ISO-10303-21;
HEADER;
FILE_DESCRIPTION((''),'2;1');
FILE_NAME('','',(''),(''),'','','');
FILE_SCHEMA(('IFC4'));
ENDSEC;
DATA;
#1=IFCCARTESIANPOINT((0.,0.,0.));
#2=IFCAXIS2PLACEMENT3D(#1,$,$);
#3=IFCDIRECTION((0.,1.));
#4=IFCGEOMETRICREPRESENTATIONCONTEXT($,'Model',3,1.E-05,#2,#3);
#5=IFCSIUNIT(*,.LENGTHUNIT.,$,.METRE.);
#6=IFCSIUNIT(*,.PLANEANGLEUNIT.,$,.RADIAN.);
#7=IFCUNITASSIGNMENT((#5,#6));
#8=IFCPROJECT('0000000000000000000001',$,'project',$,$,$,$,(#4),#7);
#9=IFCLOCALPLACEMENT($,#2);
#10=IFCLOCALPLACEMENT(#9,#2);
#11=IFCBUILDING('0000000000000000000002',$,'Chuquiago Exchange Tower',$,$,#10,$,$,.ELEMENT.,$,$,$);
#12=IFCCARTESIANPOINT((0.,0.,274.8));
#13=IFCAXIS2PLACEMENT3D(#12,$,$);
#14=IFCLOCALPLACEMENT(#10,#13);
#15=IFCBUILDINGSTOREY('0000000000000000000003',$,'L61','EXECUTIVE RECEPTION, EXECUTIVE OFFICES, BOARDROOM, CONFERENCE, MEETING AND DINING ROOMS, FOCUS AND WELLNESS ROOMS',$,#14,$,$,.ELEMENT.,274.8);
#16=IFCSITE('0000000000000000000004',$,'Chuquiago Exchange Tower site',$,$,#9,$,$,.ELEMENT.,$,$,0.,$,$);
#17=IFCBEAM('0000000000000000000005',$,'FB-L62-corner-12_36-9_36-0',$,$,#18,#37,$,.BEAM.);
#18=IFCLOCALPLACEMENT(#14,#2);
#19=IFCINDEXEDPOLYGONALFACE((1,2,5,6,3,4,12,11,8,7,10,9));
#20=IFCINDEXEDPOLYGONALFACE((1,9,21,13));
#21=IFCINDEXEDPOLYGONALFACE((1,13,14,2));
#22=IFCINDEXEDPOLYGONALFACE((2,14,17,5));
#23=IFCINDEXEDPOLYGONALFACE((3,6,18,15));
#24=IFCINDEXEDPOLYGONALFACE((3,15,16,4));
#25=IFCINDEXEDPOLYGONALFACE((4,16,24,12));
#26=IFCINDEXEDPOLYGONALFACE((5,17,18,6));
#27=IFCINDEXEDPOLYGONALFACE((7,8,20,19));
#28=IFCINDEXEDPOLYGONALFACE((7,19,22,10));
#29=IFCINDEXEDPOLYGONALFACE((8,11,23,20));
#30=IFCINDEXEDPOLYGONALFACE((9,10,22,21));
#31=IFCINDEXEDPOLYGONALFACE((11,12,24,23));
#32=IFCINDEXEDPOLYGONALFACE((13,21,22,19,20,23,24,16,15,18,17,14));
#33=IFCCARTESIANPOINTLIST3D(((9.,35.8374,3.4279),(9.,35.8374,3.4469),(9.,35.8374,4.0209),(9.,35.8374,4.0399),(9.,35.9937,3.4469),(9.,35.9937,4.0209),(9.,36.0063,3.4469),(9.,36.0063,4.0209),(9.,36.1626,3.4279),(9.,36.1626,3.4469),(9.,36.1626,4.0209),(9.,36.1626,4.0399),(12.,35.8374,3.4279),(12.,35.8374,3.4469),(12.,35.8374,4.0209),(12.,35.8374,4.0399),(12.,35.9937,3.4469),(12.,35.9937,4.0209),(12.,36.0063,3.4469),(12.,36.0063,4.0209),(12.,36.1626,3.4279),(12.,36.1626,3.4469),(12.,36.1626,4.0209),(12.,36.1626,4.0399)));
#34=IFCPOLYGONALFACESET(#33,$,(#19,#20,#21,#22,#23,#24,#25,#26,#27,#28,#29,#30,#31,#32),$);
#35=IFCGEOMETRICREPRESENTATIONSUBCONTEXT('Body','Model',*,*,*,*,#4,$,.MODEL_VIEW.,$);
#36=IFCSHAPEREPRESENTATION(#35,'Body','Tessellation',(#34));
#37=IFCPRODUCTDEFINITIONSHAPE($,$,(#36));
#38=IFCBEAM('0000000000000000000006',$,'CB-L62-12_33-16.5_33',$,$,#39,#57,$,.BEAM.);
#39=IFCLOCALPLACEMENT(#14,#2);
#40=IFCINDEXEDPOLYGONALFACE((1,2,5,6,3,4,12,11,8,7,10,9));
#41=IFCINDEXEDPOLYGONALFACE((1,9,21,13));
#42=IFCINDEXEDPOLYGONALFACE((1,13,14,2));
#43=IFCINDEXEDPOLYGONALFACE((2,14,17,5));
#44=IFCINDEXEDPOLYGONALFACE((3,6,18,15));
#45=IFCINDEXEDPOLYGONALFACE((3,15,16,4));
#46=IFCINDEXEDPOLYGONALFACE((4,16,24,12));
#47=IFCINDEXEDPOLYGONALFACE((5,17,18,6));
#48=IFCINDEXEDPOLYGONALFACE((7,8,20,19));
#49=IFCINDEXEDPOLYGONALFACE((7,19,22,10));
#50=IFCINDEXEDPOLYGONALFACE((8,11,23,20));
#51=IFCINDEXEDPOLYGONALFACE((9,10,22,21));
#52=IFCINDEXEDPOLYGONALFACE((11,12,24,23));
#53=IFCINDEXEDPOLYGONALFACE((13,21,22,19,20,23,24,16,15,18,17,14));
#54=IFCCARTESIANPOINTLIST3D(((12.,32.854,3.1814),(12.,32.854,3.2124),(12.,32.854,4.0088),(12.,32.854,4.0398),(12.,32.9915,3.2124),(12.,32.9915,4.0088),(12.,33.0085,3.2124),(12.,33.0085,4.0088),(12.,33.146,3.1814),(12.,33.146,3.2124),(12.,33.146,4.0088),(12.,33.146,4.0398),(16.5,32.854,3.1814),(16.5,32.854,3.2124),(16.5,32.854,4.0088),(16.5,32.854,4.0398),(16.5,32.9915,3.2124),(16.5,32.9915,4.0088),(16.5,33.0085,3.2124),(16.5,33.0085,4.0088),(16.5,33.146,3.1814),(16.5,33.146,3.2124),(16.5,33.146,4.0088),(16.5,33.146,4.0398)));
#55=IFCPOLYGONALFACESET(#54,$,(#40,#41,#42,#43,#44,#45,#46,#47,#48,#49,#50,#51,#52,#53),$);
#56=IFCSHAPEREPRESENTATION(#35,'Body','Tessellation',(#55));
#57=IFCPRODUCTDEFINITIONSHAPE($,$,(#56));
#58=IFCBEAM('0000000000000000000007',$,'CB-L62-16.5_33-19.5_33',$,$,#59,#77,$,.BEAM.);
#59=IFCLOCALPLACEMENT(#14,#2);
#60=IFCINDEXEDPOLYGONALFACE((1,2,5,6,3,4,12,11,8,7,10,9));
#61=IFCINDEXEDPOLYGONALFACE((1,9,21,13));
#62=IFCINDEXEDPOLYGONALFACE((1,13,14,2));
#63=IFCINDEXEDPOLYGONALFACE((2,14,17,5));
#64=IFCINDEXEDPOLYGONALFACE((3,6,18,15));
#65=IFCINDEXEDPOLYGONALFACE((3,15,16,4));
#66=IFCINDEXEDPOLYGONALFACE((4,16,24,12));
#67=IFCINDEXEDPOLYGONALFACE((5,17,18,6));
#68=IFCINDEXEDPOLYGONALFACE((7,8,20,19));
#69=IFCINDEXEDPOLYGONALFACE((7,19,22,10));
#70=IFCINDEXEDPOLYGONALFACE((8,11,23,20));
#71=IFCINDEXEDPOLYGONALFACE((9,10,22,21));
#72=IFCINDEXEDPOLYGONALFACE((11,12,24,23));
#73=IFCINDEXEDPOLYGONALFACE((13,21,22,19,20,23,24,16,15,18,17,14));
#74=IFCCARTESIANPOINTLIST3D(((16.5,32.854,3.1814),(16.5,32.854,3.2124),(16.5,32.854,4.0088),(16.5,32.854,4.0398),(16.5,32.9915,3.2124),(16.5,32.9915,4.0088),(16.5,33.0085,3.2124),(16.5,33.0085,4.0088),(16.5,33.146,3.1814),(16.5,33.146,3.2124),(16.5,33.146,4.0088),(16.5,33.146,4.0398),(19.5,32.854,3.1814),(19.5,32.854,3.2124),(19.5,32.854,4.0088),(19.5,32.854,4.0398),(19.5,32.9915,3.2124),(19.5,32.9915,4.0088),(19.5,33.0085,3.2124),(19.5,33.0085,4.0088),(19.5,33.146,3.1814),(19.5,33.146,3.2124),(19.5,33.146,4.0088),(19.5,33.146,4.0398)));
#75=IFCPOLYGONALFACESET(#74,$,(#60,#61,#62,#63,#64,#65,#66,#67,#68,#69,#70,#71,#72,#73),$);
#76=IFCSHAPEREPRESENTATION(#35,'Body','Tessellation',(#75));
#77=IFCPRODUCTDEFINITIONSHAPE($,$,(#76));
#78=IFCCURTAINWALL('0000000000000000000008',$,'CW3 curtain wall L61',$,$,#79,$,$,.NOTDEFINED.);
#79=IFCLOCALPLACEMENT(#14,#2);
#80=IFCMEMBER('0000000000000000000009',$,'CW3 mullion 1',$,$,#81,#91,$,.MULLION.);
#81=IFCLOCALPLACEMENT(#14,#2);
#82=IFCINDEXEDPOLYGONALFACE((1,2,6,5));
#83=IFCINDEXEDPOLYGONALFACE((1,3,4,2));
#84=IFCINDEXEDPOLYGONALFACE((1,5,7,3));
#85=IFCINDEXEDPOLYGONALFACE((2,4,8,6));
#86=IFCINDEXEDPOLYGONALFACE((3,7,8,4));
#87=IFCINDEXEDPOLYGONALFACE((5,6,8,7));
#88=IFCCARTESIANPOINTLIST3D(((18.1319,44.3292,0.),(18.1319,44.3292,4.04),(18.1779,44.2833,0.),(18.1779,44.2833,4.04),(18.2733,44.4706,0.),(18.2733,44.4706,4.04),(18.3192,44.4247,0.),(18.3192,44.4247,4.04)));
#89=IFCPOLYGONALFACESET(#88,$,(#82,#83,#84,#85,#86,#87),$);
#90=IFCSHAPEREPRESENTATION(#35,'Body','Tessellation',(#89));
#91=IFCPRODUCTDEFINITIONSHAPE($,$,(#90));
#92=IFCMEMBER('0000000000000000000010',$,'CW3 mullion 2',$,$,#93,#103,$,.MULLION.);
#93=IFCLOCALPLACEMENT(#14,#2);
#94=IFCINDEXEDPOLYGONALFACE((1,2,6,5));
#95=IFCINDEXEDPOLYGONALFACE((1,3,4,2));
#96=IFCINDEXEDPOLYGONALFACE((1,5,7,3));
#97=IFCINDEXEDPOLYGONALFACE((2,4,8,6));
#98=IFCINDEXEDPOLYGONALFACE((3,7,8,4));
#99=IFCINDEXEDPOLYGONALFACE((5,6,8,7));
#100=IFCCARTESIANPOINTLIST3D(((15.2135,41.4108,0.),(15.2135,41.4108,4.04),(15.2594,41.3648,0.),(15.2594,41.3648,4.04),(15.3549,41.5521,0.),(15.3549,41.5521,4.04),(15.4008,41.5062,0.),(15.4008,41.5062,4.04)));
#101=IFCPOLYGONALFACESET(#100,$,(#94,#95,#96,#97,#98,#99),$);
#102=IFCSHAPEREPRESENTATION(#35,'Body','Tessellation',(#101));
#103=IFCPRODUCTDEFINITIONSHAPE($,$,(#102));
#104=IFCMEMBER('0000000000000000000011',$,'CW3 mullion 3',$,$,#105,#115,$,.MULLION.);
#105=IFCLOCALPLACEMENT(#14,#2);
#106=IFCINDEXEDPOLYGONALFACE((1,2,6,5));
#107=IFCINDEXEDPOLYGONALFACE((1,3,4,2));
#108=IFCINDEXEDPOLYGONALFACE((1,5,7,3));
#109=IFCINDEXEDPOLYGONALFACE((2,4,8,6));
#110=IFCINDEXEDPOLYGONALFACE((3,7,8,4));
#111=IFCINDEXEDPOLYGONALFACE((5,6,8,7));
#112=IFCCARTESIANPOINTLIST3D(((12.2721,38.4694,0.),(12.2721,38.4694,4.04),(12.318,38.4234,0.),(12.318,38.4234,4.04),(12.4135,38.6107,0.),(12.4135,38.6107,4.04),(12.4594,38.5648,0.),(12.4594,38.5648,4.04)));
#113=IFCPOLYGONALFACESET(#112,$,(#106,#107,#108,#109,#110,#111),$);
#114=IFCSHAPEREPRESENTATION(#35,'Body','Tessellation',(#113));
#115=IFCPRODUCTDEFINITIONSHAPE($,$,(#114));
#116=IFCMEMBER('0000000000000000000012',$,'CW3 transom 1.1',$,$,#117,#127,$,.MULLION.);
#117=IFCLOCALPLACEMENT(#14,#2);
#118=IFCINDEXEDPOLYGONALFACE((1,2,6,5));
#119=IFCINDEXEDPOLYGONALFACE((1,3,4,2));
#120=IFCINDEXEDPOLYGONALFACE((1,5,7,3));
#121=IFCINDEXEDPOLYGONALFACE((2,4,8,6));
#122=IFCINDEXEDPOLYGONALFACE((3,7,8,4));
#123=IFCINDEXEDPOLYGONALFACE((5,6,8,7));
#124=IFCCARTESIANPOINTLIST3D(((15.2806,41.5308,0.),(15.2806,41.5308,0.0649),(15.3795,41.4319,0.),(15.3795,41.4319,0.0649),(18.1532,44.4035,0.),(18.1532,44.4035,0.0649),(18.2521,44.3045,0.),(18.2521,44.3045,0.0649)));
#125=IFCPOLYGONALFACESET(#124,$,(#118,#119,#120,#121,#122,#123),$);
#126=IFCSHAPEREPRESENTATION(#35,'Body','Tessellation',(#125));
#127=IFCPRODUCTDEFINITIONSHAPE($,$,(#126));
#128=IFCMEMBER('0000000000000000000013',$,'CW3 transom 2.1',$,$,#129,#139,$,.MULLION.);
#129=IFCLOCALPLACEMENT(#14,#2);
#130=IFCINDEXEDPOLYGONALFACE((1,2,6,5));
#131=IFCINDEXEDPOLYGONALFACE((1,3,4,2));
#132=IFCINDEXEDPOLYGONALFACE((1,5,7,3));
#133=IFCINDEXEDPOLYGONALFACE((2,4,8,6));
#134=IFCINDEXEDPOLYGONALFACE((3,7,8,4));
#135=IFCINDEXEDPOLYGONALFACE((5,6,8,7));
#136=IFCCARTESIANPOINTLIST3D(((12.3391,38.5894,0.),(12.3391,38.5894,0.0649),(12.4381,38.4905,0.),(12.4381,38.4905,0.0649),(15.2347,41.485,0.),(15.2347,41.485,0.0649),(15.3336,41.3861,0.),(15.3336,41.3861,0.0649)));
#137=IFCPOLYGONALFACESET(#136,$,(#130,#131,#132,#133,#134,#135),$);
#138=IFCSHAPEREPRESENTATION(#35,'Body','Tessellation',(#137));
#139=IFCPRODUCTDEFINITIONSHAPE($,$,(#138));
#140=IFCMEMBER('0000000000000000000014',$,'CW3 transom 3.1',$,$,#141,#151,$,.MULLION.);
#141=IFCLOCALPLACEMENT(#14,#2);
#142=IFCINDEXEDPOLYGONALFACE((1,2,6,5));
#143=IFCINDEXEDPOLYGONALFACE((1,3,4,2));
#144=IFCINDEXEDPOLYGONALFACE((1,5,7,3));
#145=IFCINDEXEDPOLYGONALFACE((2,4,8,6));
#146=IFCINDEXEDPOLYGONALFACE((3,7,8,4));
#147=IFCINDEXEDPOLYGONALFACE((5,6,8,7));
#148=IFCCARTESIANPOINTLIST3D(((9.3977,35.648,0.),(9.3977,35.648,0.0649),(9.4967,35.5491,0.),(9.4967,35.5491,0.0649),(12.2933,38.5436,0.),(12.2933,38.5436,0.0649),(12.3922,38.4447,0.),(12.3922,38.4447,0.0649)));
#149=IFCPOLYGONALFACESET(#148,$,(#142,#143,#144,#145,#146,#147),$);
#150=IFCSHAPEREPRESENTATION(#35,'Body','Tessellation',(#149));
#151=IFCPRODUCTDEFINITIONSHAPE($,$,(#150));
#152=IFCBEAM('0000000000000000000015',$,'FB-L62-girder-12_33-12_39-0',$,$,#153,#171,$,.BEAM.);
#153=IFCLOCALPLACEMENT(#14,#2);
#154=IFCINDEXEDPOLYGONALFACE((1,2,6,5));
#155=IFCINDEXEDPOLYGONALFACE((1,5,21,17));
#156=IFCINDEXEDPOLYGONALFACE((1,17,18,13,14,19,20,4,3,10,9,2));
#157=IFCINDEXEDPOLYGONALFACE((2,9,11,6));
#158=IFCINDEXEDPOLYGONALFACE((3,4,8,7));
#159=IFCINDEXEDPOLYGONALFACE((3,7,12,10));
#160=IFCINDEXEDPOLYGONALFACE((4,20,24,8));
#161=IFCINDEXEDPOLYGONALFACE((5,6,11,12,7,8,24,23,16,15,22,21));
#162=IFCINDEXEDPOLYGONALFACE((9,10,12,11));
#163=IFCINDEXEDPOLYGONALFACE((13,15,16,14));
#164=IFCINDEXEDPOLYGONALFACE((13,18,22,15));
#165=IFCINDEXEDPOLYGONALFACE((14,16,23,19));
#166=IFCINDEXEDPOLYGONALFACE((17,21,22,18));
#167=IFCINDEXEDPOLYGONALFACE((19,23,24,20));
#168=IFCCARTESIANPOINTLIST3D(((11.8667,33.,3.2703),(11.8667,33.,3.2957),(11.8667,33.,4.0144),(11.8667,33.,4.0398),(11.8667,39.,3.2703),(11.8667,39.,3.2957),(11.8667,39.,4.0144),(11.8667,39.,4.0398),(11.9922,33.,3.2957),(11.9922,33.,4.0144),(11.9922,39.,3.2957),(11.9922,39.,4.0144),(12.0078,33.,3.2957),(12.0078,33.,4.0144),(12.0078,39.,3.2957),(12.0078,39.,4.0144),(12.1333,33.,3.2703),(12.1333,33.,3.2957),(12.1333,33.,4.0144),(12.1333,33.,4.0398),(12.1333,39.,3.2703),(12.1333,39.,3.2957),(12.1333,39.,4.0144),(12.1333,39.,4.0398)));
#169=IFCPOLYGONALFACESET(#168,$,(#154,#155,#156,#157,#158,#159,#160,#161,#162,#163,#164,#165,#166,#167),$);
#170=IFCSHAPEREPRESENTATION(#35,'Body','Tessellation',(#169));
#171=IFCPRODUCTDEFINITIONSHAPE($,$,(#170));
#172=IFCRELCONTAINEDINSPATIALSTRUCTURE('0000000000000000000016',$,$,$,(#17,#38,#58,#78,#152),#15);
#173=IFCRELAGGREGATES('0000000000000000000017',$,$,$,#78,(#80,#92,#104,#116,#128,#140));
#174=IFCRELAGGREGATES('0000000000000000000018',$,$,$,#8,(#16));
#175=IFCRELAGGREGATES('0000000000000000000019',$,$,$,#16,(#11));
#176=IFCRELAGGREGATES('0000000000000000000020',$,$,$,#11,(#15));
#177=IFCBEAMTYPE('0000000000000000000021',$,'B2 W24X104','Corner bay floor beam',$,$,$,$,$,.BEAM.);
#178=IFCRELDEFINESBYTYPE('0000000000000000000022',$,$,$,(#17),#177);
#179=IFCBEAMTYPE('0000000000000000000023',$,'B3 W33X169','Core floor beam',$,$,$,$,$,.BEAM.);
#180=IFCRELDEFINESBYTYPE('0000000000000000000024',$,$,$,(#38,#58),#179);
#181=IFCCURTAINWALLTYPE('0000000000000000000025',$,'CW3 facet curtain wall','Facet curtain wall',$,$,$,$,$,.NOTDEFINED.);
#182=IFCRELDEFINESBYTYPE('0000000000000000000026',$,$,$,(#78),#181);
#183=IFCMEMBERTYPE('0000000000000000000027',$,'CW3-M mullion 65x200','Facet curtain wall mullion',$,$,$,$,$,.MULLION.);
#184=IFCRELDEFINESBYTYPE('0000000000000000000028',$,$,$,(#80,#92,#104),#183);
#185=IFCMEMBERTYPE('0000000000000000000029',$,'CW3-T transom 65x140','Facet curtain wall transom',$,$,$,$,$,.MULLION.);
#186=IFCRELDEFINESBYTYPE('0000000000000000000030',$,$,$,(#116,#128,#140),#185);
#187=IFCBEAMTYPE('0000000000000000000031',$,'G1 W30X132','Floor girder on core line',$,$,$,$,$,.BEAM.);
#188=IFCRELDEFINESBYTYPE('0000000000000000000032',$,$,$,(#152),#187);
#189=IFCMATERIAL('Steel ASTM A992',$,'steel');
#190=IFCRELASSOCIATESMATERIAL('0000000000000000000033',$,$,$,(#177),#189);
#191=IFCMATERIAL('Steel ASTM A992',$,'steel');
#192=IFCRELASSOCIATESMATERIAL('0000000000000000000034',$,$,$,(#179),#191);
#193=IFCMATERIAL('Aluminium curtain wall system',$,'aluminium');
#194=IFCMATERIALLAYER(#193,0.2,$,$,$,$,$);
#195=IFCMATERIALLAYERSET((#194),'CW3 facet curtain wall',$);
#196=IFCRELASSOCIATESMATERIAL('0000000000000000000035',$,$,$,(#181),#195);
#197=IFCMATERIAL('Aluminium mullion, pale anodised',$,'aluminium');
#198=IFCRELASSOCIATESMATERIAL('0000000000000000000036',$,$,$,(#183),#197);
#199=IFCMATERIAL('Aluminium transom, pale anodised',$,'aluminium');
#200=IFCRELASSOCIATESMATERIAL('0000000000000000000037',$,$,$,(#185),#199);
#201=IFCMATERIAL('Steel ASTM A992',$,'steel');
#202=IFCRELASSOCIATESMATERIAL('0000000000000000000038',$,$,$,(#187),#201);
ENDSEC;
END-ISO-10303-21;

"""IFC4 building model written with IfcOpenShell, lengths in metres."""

from ifc_helpers import new_model, si_unit, direction, frame, origin, origin_2d, place, context, subcontext, project, spatial, rectangle, i_section, extrude, material, layer, layer_set, material_profile, profile_set, type_object, element, aggregate, save


model = new_model("IFC4")

# Units and contexts
model_context = context("Model", 3, precision=1e-05, world=origin(), true_north=direction((0.0, 1.0)))
body_context = subcontext(model_context, "Body", "Model", "MODEL_VIEW")
ifc_project = project(units=[si_unit("LENGTHUNIT", "METRE"), si_unit("PLANEANGLEUNIT", "RADIAN")], contexts=[model_context])

# Site, building, storey
site_placement = place(None, origin())
site = spatial("IfcSite", under=ifc_project, at=site_placement, Name="Chuquiago Exchange Tower site", CompositionType="ELEMENT", RefElevation=0.0)
building_placement = place(site_placement, origin())
building = spatial("IfcBuilding", under=site, at=building_placement, Name="Chuquiago Exchange Tower", CompositionType="ELEMENT")
storey_placement = place(building_placement, frame((0.0, 0.0, 274.8)))
storey = spatial("IfcBuildingStorey", under=building, at=storey_placement, Name="L61", Description="EXECUTIVE RECEPTION, EXECUTIVE OFFICES, BOARDROOM, CONFERENCE, MEETING AND DINING ROOMS, FOCUS AND WELLNESS ROOMS", CompositionType="ELEMENT", Elevation=274.8)

# Beams
ifc_material_1 = material(Name="Steel ASTM A992", Category="steel")
ifc_material_profile_1 = material_profile(ifc_material_1, i_section(OverallWidth=0.3252, OverallDepth=0.6121, WebThickness=0.0127, FlangeThickness=0.019, at=origin_2d()), Name="W24X104")
ifc_profile_set_1 = profile_set([ifc_material_profile_1], Name="Steel ASTM A992")
beam_type_1 = type_object("IfcBeamType", Name="B2 W24X104", Description="Corner bay floor beam", PredefinedType="BEAM", material=ifc_profile_set_1)
beam_1_placement = place(storey_placement, frame((12.0, 36.0, 3.7339), z_axis=(-1.0, 0.0, 0.0), x_axis=(0.0, -1.0, 0.0)))
element("IfcBeam", 1, at=beam_1_placement, inside=storey, type_object=beam_type_1, Name="FB-L62-corner-12_36-9_36-0", PredefinedType="BEAM", context=body_context, shape_type="SweptSolid", body=[
    extrude(i_section(OverallWidth=0.3252, OverallDepth=0.6121, WebThickness=0.0127, FlangeThickness=0.019, at=origin_2d()), origin(), (0.0, 0.0, 1.0), 3.0),
])
ifc_material_2 = material(Name="Steel ASTM A992", Category="steel")
ifc_material_profile_2 = material_profile(ifc_material_2, i_section(OverallWidth=0.292, OverallDepth=0.8584, WebThickness=0.0171, FlangeThickness=0.031, at=origin_2d()), Name="W33X169")
ifc_profile_set_2 = profile_set([ifc_material_profile_2], Name="Steel ASTM A992")
beam_type_2 = type_object("IfcBeamType", Name="B3 W33X169", Description="Core floor beam", PredefinedType="BEAM", material=ifc_profile_set_2)
beam_2_placement = place(storey_placement, frame((12.0, 33.0, 3.6106), z_axis=(1.0, 0.0, 0.0), x_axis=(0.0, 1.0, 0.0)))
element("IfcBeam", 2, at=beam_2_placement, inside=storey, type_object=beam_type_2, Name="CB-L62-12_33-16.5_33", PredefinedType="BEAM", context=body_context, shape_type="SweptSolid", body=[
    extrude(i_section(OverallWidth=0.292, OverallDepth=0.8584, WebThickness=0.0171, FlangeThickness=0.031, at=origin_2d()), origin(), (0.0, 0.0, 1.0), 4.5),
])
beam_3_placement = place(storey_placement, frame((16.5, 33.0, 3.6106), z_axis=(1.0, 0.0, 0.0), x_axis=(0.0, 1.0, 0.0)))
element("IfcBeam", 3, at=beam_3_placement, inside=storey, type_object=beam_type_2, Name="CB-L62-16.5_33-19.5_33", PredefinedType="BEAM", context=body_context, shape_type="SweptSolid", body=[
    extrude(i_section(OverallWidth=0.292, OverallDepth=0.8584, WebThickness=0.0171, FlangeThickness=0.031, at=origin_2d()), origin(), (0.0, 0.0, 1.0), 3.0),
])

# Curtain wall, members
ifc_material_3 = material(Name="Aluminium curtain wall system", Category="aluminium")
ifc_layer_1 = layer(ifc_material_3, 0.2)
ifc_layer_set_1 = layer_set([ifc_layer_1], Name="CW3 facet curtain wall")
curtain_wall_type = type_object("IfcCurtainWallType", Name="CW3 facet curtain wall", Description="Facet curtain wall", PredefinedType="NOTDEFINED", material=ifc_layer_set_1)
curtain_wall_placement = place(storey_placement, origin())
curtain_wall = element("IfcCurtainWall", 4, at=curtain_wall_placement, inside=storey, type_object=curtain_wall_type, Name="CW3 curtain wall L61", PredefinedType="NOTDEFINED")
ifc_material_4 = material(Name="Aluminium mullion, pale anodised", Category="aluminium")
ifc_material_profile_3 = material_profile(ifc_material_4, rectangle(XDim=0.0649, YDim=0.2, at=origin_2d()), Name="AL 65x200")
ifc_profile_set_3 = profile_set([ifc_material_profile_3], Name="Aluminium mullion, pale anodised")
member_type_1 = type_object("IfcMemberType", Name="CW3-M mullion 65x200", Description="Facet curtain wall mullion", PredefinedType="MULLION", material=ifc_profile_set_3)
member_1_placement = place(storey_placement, frame((18.2256, 44.377, 0.0), z_axis=(0.0, 0.0, 1.0), x_axis=(0.707107, -0.707107, 0.0)))
member_1 = element("IfcMember", 5, at=member_1_placement, type_object=member_type_1, Name="CW3 mullion 1", PredefinedType="MULLION", context=body_context, shape_type="SweptSolid", body=[
    extrude(rectangle(XDim=0.0649, YDim=0.2, at=origin_2d()), origin(), (0.0, 0.0, 1.0), 4.04),
])
member_2_placement = place(storey_placement, frame((15.3071, 41.4585, 0.0), z_axis=(0.0, 0.0, 1.0), x_axis=(0.707107, -0.707107, 0.0)))
member_2 = element("IfcMember", 6, at=member_2_placement, type_object=member_type_1, Name="CW3 mullion 2", PredefinedType="MULLION", context=body_context, shape_type="SweptSolid", body=[
    extrude(rectangle(XDim=0.0649, YDim=0.2, at=origin_2d()), origin(), (0.0, 0.0, 1.0), 4.04),
])
member_3_placement = place(storey_placement, frame((12.3657, 38.5171, 0.0), z_axis=(0.0, 0.0, 1.0), x_axis=(0.707107, -0.707107, 0.0)))
member_3 = element("IfcMember", 7, at=member_3_placement, type_object=member_type_1, Name="CW3 mullion 3", PredefinedType="MULLION", context=body_context, shape_type="SweptSolid", body=[
    extrude(rectangle(XDim=0.0649, YDim=0.2, at=origin_2d()), origin(), (0.0, 0.0, 1.0), 4.04),
])
ifc_material_5 = material(Name="Aluminium transom, pale anodised", Category="aluminium")
ifc_material_profile_4 = material_profile(ifc_material_5, rectangle(XDim=0.1399, YDim=0.0649, at=origin_2d()), Name="AL 140x65")
ifc_profile_set_4 = profile_set([ifc_material_profile_4], Name="Aluminium transom, pale anodised")
member_type_2 = type_object("IfcMemberType", Name="CW3-T transom 65x140", Description="Facet curtain wall transom", PredefinedType="MULLION", material=ifc_profile_set_4)
member_4_placement = place(storey_placement, frame((18.2026, 44.354, 0.0325), z_axis=(-0.707107, -0.707107, 0.0), x_axis=(0.707107, -0.707107, 0.0)))
member_4 = element("IfcMember", 8, at=member_4_placement, type_object=member_type_2, Name="CW3 transom 1.1", PredefinedType="MULLION", context=body_context, shape_type="SweptSolid", body=[
    extrude(rectangle(XDim=0.1399, YDim=0.0649, at=origin_2d()), origin(), (0.0, 0.0, 1.0), 4.0625),
])
member_5_placement = place(storey_placement, frame((15.2842, 41.4355, 0.0325), z_axis=(-0.707107, -0.707107, 0.0), x_axis=(0.707107, -0.707107, 0.0)))
member_5 = element("IfcMember", 9, at=member_5_placement, type_object=member_type_2, Name="CW3 transom 2.1", PredefinedType="MULLION", context=body_context, shape_type="SweptSolid", body=[
    extrude(rectangle(XDim=0.1399, YDim=0.0649, at=origin_2d()), origin(), (0.0, 0.0, 1.0), 4.095),
])
member_6_placement = place(storey_placement, frame((12.3428, 38.4941, 0.0325), z_axis=(-0.707107, -0.707107, 0.0), x_axis=(0.707107, -0.707107, 0.0)))
member_6 = element("IfcMember", 10, at=member_6_placement, type_object=member_type_2, Name="CW3 transom 3.1", PredefinedType="MULLION", context=body_context, shape_type="SweptSolid", body=[
    extrude(rectangle(XDim=0.1399, YDim=0.0649, at=origin_2d()), origin(), (0.0, 0.0, 1.0), 4.095),
])

# Beam
ifc_material_6 = material(Name="Steel ASTM A992", Category="steel")
ifc_material_profile_5 = material_profile(ifc_material_6, i_section(OverallWidth=0.2666, OverallDepth=0.7695, WebThickness=0.0156, FlangeThickness=0.0254, at=origin_2d()), Name="W30X132")
ifc_profile_set_5 = profile_set([ifc_material_profile_5], Name="Steel ASTM A992")
beam_type_3 = type_object("IfcBeamType", Name="G1 W30X132", Description="Floor girder on core line", PredefinedType="BEAM", material=ifc_profile_set_5)
for number, where, z_axis, x_axis, name in (
    (11, (12.0, 33.0, 3.655), (0.0, 1.0, 0.0), (-1.0, 0.0, 0.0), "FB-L62-girder-12_33-12_39-0"),
):
    element("IfcBeam", number, at=place(storey_placement, frame(where, z_axis=z_axis, x_axis=x_axis)), inside=storey, type_object=beam_type_3, Name=name, PredefinedType="BEAM", context=body_context, shape_type="SweptSolid", body=[
        extrude(i_section(OverallWidth=0.2666, OverallDepth=0.7695, WebThickness=0.0156, FlangeThickness=0.0254, at=origin_2d()), origin(), (0.0, 0.0, 1.0), 6.0),
    ])

aggregate(curtain_wall, [member_1, member_2, member_3, member_4, member_5, member_6])

save(model, "model.ifc")
